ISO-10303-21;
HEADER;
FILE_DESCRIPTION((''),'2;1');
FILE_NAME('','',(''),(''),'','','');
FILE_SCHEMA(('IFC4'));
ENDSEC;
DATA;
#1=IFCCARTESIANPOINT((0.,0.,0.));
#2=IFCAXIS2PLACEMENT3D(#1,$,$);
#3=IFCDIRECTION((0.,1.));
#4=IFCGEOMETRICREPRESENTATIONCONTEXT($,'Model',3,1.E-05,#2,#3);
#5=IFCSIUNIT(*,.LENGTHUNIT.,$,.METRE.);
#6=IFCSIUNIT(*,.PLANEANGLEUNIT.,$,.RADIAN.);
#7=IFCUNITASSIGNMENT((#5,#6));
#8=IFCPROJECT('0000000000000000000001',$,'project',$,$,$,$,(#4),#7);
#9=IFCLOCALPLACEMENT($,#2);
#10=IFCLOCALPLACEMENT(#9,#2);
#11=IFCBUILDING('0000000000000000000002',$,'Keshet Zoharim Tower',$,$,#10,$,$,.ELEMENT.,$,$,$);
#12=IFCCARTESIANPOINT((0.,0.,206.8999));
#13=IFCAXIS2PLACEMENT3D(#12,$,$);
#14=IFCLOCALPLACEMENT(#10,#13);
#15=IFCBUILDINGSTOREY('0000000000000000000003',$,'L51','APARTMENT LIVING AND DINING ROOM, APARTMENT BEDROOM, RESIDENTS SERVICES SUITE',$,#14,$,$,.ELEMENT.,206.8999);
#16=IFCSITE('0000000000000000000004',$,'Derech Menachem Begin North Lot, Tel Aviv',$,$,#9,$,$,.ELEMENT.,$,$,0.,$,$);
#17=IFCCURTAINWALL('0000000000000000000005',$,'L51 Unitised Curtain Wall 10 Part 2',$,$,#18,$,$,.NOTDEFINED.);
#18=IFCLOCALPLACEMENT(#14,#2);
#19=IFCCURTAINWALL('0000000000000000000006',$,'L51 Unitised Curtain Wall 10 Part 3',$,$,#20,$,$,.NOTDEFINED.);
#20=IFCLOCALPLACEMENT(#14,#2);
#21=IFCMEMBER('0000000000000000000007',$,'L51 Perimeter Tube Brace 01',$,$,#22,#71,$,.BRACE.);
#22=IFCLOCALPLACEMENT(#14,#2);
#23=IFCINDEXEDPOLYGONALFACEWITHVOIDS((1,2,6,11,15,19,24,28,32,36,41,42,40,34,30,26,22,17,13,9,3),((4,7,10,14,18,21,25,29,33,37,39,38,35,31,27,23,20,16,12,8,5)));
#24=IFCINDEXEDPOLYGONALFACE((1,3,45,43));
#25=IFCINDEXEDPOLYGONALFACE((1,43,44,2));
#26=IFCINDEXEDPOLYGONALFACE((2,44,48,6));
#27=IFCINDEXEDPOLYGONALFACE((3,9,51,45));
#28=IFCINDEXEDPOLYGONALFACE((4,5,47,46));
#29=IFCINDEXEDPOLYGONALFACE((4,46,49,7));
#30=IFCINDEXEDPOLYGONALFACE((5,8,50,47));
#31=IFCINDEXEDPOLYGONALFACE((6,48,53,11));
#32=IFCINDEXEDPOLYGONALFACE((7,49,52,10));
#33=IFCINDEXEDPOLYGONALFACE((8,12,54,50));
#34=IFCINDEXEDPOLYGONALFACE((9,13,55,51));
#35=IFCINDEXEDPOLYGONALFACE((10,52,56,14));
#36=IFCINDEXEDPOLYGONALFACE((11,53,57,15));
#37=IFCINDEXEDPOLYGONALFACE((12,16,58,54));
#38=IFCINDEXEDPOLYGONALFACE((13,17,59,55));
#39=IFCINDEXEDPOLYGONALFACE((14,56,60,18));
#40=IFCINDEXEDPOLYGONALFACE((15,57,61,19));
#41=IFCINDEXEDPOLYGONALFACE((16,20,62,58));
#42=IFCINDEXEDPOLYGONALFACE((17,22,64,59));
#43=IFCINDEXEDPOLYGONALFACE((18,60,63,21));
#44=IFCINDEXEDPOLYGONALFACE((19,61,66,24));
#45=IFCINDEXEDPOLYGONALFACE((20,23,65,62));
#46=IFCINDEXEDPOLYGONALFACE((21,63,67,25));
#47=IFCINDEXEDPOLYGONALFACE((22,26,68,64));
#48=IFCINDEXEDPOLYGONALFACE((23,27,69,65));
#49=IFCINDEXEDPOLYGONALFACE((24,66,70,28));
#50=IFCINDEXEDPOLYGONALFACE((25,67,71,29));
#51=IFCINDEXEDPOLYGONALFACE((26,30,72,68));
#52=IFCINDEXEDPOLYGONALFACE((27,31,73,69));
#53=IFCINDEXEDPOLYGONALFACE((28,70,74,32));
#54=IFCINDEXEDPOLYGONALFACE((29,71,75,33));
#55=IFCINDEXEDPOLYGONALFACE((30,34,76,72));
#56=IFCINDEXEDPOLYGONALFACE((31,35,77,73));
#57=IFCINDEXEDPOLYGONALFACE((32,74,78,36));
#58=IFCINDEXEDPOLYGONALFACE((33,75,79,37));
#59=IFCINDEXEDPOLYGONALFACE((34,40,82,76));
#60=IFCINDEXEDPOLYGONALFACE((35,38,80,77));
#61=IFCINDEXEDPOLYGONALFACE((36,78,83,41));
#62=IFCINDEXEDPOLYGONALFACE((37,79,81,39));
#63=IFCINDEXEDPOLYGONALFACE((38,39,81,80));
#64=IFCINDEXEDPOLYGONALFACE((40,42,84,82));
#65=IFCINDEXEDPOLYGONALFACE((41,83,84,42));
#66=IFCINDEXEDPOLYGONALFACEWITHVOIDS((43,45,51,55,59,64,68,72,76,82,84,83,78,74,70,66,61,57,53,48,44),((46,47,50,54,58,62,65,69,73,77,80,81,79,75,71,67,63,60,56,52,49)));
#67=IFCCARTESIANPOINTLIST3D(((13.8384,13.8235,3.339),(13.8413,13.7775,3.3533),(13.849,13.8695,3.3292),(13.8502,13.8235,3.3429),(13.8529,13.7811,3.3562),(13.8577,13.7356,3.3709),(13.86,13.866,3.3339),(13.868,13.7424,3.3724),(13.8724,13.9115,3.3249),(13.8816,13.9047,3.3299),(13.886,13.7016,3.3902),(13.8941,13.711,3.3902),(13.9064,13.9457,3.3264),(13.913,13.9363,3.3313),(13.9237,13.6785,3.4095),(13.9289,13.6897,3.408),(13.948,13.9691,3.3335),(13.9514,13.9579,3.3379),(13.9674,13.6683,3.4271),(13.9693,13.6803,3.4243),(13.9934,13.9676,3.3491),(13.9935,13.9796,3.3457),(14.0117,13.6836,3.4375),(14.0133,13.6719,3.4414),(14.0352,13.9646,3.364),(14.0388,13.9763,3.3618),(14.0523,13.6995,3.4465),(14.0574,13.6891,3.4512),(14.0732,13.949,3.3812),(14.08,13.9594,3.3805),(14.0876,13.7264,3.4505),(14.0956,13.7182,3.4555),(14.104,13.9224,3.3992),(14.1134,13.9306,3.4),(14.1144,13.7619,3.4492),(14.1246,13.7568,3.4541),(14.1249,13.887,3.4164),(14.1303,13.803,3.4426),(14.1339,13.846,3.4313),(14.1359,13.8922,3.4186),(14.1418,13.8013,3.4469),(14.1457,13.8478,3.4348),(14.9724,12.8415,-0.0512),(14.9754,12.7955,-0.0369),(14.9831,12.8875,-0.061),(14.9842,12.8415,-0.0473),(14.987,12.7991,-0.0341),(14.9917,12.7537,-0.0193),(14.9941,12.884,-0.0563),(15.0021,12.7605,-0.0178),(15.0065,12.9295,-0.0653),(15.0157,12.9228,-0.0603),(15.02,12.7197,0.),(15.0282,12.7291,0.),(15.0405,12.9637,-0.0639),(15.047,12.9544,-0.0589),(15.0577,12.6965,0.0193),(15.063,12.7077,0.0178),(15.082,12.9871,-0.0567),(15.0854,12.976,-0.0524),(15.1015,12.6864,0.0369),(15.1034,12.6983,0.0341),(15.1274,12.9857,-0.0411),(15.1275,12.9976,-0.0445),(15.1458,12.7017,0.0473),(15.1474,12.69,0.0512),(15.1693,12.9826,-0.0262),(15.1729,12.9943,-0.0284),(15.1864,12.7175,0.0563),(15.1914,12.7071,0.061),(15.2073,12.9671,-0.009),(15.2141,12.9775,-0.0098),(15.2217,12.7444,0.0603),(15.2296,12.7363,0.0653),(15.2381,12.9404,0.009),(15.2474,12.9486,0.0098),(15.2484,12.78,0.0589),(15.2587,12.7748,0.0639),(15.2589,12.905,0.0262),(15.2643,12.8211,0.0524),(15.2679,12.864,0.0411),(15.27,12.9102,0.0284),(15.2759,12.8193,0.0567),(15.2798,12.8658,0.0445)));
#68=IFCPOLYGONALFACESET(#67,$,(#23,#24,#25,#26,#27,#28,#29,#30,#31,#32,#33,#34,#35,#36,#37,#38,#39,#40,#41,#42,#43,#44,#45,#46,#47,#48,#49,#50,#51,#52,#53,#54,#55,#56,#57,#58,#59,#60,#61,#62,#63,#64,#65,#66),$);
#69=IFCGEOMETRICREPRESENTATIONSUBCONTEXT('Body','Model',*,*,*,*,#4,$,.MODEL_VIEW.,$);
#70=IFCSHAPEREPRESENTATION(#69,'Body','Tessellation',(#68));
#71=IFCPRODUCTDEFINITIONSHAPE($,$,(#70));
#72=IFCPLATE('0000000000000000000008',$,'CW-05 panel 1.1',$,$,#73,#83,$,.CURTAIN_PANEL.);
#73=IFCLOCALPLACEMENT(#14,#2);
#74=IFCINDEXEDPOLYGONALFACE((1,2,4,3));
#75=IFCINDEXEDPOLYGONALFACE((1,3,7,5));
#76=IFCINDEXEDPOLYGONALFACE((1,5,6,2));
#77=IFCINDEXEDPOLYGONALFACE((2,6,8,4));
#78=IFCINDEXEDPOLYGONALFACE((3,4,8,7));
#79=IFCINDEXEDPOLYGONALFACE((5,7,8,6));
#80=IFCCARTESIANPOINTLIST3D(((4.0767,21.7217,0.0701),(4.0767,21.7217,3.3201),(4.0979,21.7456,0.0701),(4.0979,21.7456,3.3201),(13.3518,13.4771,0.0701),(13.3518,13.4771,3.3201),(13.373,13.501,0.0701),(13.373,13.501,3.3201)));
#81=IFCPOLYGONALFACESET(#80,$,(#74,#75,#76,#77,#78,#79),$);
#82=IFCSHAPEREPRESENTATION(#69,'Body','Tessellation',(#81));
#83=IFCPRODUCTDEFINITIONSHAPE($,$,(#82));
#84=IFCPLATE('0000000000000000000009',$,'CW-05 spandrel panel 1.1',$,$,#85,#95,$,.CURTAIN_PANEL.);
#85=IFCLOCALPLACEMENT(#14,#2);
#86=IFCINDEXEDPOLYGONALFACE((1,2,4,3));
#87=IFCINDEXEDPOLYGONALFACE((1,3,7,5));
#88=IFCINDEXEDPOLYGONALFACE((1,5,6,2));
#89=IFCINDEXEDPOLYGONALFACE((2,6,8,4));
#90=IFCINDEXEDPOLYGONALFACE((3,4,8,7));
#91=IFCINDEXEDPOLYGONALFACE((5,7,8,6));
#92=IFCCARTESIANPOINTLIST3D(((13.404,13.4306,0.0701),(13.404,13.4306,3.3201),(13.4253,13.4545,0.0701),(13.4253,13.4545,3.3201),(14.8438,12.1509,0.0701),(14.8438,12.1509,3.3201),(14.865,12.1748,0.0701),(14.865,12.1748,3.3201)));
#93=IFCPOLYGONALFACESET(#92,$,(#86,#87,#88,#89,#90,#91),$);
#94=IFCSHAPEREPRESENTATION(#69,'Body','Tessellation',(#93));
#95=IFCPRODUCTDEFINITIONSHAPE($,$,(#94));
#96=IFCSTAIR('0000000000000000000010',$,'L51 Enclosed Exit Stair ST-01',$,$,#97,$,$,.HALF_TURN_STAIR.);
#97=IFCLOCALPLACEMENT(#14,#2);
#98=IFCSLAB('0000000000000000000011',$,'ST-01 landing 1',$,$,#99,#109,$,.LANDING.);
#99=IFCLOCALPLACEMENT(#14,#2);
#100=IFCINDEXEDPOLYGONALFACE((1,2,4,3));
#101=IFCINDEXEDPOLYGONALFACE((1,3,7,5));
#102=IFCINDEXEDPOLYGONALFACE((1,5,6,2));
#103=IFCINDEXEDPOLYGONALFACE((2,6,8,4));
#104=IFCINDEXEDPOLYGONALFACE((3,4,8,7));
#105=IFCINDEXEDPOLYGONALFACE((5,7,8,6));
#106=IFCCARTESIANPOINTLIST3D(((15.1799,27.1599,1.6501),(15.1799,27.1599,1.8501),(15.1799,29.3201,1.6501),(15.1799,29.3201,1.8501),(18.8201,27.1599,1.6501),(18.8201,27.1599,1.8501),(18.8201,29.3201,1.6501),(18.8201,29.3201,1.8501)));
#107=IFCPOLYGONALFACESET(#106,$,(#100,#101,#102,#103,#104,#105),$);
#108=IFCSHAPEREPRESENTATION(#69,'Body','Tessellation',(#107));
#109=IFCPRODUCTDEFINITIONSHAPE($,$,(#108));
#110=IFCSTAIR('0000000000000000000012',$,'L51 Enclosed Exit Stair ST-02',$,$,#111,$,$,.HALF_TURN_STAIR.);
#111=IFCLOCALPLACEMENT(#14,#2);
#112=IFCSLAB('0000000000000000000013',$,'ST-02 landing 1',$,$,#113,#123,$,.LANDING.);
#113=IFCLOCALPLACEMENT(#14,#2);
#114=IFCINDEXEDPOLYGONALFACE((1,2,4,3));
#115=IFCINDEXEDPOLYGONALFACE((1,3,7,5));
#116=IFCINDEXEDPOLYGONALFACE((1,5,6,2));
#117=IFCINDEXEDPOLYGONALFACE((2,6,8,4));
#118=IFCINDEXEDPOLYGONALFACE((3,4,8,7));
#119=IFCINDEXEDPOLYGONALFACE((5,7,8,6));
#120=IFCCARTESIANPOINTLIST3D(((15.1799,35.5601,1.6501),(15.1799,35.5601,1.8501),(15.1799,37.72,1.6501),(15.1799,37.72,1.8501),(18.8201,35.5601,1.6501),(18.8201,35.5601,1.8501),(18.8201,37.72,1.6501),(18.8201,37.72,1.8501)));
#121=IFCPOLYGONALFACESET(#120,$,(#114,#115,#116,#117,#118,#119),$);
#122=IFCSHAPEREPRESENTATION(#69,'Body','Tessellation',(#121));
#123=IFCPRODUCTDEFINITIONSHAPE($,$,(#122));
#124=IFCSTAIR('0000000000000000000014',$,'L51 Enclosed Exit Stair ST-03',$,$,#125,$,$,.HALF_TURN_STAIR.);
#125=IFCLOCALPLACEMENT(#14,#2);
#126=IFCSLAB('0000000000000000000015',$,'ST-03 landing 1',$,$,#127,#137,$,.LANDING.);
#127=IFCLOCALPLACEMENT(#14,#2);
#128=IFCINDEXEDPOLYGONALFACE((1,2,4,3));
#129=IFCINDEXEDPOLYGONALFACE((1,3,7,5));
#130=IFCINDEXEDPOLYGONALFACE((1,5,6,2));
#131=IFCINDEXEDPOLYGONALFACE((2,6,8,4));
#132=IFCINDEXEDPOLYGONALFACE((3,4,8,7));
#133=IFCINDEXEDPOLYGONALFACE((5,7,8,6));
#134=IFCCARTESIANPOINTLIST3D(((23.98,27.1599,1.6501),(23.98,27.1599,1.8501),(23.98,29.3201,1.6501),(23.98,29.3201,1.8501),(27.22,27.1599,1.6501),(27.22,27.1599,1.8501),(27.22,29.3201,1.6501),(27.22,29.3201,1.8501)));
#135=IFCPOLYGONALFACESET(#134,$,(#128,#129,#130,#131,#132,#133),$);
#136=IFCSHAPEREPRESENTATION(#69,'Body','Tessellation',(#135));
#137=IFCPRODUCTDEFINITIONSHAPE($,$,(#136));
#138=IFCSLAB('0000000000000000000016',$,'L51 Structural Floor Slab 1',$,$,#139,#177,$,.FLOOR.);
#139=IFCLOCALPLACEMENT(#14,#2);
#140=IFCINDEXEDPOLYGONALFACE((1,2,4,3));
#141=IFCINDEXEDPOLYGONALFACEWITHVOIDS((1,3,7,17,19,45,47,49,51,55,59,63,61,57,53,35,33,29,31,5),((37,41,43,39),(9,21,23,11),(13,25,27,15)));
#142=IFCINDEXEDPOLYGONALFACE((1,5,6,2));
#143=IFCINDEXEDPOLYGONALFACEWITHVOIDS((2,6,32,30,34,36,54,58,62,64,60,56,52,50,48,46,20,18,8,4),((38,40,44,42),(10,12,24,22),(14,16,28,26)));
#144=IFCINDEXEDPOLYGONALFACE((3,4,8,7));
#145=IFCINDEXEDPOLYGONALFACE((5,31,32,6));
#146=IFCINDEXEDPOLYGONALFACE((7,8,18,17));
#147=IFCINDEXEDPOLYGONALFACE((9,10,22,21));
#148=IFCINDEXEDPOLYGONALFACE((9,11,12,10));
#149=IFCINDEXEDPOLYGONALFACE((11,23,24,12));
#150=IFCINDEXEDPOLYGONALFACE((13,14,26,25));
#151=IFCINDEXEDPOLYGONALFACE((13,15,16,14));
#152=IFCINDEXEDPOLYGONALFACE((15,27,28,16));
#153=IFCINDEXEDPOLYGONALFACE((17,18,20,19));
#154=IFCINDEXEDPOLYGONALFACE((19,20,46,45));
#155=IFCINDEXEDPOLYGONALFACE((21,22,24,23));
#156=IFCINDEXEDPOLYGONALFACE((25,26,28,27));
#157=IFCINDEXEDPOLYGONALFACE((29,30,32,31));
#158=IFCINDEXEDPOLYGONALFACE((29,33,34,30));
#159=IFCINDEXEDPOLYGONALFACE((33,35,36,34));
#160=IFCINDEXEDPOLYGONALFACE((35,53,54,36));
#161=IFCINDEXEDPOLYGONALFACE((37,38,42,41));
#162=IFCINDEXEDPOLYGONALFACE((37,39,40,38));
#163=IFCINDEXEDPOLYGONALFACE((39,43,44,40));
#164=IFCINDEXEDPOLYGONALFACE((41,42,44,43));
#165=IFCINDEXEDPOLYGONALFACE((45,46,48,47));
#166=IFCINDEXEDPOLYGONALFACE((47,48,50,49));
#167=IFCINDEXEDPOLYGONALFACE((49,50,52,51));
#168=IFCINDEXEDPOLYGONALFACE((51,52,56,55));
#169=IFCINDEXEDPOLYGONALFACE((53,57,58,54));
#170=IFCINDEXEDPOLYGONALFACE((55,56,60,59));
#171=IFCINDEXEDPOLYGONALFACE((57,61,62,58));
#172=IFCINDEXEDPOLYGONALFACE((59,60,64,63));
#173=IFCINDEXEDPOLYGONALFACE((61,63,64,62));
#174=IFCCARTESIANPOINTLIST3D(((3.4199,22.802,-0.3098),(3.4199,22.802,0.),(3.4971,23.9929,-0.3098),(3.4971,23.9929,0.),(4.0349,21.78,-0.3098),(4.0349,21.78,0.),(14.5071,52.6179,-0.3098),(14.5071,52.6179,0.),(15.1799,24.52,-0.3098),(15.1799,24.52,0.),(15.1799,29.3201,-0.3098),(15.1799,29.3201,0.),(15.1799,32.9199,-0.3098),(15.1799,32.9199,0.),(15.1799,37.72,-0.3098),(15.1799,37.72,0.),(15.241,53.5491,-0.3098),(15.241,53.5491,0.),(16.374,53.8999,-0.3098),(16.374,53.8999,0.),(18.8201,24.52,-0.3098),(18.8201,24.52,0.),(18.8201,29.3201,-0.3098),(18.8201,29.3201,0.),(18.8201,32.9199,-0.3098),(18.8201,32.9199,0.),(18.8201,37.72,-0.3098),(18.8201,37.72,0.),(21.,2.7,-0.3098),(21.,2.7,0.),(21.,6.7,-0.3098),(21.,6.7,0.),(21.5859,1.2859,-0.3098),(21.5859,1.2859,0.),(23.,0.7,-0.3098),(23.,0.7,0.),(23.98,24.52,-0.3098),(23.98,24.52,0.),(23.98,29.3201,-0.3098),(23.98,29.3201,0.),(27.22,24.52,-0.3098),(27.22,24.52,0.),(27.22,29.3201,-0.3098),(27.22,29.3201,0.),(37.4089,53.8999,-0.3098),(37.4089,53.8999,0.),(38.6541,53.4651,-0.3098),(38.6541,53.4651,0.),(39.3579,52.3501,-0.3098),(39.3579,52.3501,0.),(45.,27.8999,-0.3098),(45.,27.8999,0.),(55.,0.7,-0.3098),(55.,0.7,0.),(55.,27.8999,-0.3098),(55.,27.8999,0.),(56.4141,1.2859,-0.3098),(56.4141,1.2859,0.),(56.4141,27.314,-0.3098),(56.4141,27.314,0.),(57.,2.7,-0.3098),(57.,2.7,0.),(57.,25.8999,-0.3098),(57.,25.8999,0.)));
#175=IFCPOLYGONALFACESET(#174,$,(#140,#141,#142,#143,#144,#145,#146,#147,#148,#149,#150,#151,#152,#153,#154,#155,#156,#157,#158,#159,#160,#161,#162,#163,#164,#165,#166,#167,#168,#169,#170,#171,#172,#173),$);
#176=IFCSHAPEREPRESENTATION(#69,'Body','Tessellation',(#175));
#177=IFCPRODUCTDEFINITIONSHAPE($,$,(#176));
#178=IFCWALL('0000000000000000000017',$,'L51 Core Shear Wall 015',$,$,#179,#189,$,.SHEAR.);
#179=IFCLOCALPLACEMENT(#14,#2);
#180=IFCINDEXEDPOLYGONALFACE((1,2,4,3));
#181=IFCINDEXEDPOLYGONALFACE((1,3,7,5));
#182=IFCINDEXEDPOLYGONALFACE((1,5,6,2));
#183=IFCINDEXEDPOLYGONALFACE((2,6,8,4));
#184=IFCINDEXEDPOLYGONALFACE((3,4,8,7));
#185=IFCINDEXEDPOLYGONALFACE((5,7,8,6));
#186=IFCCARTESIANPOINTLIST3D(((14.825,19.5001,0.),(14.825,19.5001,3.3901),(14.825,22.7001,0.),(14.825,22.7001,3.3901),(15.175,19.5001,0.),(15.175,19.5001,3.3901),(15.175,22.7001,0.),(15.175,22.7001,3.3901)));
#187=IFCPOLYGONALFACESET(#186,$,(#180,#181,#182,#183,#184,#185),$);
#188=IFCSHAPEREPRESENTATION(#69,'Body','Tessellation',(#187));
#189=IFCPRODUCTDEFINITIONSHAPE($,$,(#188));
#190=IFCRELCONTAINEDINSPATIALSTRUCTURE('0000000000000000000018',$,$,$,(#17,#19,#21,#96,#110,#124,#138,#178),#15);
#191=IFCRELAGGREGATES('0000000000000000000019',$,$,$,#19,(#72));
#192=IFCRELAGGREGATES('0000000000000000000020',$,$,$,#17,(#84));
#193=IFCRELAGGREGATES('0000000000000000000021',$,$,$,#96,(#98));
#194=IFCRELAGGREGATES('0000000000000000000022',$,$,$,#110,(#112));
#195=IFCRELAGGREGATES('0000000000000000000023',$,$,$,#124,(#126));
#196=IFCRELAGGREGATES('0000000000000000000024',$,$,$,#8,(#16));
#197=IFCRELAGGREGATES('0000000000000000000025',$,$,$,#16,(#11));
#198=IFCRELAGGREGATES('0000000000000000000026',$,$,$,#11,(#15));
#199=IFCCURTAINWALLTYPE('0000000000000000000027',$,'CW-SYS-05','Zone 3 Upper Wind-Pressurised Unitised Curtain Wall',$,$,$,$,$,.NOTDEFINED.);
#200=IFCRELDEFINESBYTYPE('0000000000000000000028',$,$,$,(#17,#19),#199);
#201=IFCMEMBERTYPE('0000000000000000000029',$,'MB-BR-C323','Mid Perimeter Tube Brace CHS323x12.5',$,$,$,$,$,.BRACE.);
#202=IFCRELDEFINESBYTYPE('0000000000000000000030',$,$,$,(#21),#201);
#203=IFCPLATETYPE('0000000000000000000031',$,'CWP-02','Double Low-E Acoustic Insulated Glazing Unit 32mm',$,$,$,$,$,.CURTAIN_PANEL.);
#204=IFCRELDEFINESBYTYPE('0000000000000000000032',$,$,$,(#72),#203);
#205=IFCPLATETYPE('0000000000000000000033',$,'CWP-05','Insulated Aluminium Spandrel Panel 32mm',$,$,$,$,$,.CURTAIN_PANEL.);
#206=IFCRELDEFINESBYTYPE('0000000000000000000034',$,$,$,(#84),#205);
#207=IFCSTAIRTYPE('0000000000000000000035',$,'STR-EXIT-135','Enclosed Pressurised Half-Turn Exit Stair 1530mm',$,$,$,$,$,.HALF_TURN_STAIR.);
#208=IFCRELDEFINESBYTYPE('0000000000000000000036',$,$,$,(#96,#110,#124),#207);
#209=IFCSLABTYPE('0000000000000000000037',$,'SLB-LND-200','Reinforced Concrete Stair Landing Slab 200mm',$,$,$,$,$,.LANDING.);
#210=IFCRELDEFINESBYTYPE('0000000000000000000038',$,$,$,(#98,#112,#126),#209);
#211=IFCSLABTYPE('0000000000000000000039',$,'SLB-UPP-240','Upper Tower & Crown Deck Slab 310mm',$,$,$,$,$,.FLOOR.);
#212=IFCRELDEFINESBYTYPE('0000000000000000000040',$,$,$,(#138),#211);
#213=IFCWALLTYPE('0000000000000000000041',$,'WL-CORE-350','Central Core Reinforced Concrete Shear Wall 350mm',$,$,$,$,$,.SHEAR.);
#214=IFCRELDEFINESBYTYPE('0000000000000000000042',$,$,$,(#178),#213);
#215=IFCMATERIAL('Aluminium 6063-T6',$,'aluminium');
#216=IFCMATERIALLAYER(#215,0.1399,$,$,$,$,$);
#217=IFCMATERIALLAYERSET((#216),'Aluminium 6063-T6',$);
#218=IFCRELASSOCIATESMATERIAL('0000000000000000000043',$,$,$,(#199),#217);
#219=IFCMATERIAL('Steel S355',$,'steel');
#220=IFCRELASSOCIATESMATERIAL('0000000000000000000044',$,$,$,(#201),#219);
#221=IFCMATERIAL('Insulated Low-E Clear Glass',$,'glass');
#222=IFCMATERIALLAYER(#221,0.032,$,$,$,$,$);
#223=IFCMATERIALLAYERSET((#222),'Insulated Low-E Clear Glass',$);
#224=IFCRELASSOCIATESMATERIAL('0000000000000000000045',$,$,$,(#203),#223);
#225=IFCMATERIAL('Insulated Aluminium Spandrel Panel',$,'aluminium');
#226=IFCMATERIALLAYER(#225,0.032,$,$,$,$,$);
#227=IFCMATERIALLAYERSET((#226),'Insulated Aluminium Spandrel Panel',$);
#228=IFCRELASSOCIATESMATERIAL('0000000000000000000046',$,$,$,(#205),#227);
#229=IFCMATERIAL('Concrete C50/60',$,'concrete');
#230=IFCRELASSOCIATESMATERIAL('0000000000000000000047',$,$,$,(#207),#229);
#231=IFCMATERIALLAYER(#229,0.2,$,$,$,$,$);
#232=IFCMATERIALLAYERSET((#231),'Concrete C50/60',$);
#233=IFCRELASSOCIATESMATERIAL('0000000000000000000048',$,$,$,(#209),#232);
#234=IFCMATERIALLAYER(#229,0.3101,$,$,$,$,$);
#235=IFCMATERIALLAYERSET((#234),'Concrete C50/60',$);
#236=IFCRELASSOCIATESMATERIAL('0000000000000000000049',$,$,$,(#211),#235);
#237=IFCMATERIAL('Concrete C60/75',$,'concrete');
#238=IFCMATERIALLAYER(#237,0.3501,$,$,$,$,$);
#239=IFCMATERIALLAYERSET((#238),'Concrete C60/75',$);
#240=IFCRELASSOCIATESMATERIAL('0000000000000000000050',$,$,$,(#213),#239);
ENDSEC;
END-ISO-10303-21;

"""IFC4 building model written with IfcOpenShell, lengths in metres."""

from ifc_helpers import new_model, si_unit, direction, frame, frame_2d, origin, origin_2d, place, context, subcontext, project, spatial, polyline, rectangle, hollow_circle, outline, extrude, material, layer, layer_set, material_profile, profile_set, type_object, element, aggregate, save


model = new_model("IFC4")

# Units and contexts
model_context = context("Model", 3, precision=1e-05, world=origin(), true_north=direction((0.0, 1.0)))
body_context = subcontext(model_context, "Body", "Model", "MODEL_VIEW")
ifc_project = project(units=[si_unit("LENGTHUNIT", "METRE"), si_unit("PLANEANGLEUNIT", "RADIAN")], contexts=[model_context])

# Site, building, storey
site_placement = place(None, origin())
site = spatial("IfcSite", under=ifc_project, at=site_placement, Name="Derech Menachem Begin North Lot, Tel Aviv", CompositionType="ELEMENT", RefElevation=0.0)
building_placement = place(site_placement, origin())
building = spatial("IfcBuilding", under=site, at=building_placement, Name="Keshet Zoharim Tower", CompositionType="ELEMENT")
storey_placement = place(building_placement, frame((0.0, 0.0, 206.8999)))
storey = spatial("IfcBuildingStorey", under=building, at=storey_placement, Name="L51", Description="APARTMENT LIVING AND DINING ROOM, APARTMENT BEDROOM, RESIDENTS SERVICES SUITE", CompositionType="ELEMENT", Elevation=206.8999)

# Shared definitions
ifc_material_1 = material(Name="Steel S355", Category="steel")
ifc_material_2 = material(Name="Concrete C50/60", Category="concrete")

# Shared definitions
ifc_material_3 = material(Name="Aluminium 6063-T6", Category="aluminium")
ifc_layer_1 = layer(ifc_material_3, 0.1399)
ifc_layer_set_1 = layer_set([ifc_layer_1], Name="Aluminium 6063-T6")
curtain_wall_type = type_object("IfcCurtainWallType", Name="CW-SYS-05", Description="Zone 3 Upper Wind-Pressurised Unitised Curtain Wall", PredefinedType="NOTDEFINED", material=ifc_layer_set_1)

# Curtain walls
curtain_wall_1_placement = place(storey_placement, origin())
curtain_wall_1 = element("IfcCurtainWall", 1, at=curtain_wall_1_placement, inside=storey, type_object=curtain_wall_type, Name="L51 Unitised Curtain Wall 10 Part 2", PredefinedType="NOTDEFINED")
curtain_wall_2_placement = place(storey_placement, origin())
curtain_wall_2 = element("IfcCurtainWall", 2, at=curtain_wall_2_placement, inside=storey, type_object=curtain_wall_type, Name="L51 Unitised Curtain Wall 10 Part 3", PredefinedType="NOTDEFINED")

# Member
ifc_material_profile_1 = material_profile(ifc_material_1, hollow_circle(Radius=0.1619, WallThickness=0.0125, at=origin_2d()), Name="CHS323x12.5")
ifc_profile_set_1 = profile_set([ifc_material_profile_1], Name="Steel S355")
member_type_1 = type_object("IfcMemberType", Name="MB-BR-C323", Description="Mid Perimeter Tube Brace CHS323x12.5", PredefinedType="BRACE", material=ifc_profile_set_1)
member_1_placement = place(storey_placement, frame((15.126, 12.842, 0.0), z_axis=(-0.305901, 0.264873, 0.914476), x_axis=(-0.65459, -0.755984, 0.0)))
element("IfcMember", 3, at=member_1_placement, inside=storey, type_object=member_type_1, Name="L51 Perimeter Tube Brace 01", PredefinedType="BRACE", context=body_context, shape_type="SweptSolid", body=[
    extrude(hollow_circle(Radius=0.1619, WallThickness=0.0125, at=origin_2d()), origin(), (0.0, 0.0, 1.0), 3.7073),
])

# Plates
ifc_material_4 = material(Name="Insulated Low-E Clear Glass", Category="glass")
ifc_layer_2 = layer(ifc_material_4, 0.032)
ifc_layer_set_2 = layer_set([ifc_layer_2], Name="Insulated Low-E Clear Glass")
plate_type_1 = type_object("IfcPlateType", Name="CWP-02", Description="Double Low-E Acoustic Insulated Glazing Unit 32mm", PredefinedType="CURTAIN_PANEL", material=ifc_layer_set_2)
plate_1_placement = place(storey_placement, frame((8.7249, 17.6113, 0.0701), z_axis=(0.0, 0.0, 1.0), x_axis=(-0.747407, 0.664367, 0.0)))
plate_1 = element("IfcPlate", 4, at=plate_1_placement, type_object=plate_type_1, Name="CW-05 panel 1.1", PredefinedType="CURTAIN_PANEL", context=body_context, shape_type="SweptSolid", body=[
    extrude(rectangle(XDim=12.4097, YDim=0.032, at=origin_2d()), origin(), (0.0, 0.0, 1.0), 3.25),
])
aggregate(curtain_wall_2, [plate_1])
ifc_material_5 = material(Name="Insulated Aluminium Spandrel Panel", Category="aluminium")
ifc_layer_3 = layer(ifc_material_5, 0.032)
ifc_layer_set_3 = layer_set([ifc_layer_3], Name="Insulated Aluminium Spandrel Panel")
plate_type_2 = type_object("IfcPlateType", Name="CWP-05", Description="Insulated Aluminium Spandrel Panel 32mm", PredefinedType="CURTAIN_PANEL", material=ifc_layer_set_3)
plate_2_placement = place(storey_placement, frame((14.1345, 12.8027, 0.0701), z_axis=(0.0, 0.0, 1.0), x_axis=(-0.74744, 0.66433, 0.0)))
plate_2 = element("IfcPlate", 5, at=plate_2_placement, type_object=plate_type_2, Name="CW-05 spandrel panel 1.1", PredefinedType="CURTAIN_PANEL", context=body_context, shape_type="SweptSolid", body=[
    extrude(rectangle(XDim=1.9263, YDim=0.032, at=origin_2d()), origin(), (0.0, 0.0, 1.0), 3.25),
])
aggregate(curtain_wall_1, [plate_2])

# Stairs, slabs
stair_type = type_object("IfcStairType", Name="STR-EXIT-135", Description="Enclosed Pressurised Half-Turn Exit Stair 1530mm", PredefinedType="HALF_TURN_STAIR", material=ifc_material_2)
stair_1_placement = place(storey_placement, origin())
stair_1 = element("IfcStair", 6, at=stair_1_placement, inside=storey, type_object=stair_type, Name="L51 Enclosed Exit Stair ST-01", PredefinedType="HALF_TURN_STAIR")
ifc_layer_4 = layer(ifc_material_2, 0.2)
ifc_layer_set_4 = layer_set([ifc_layer_4], Name="Concrete C50/60")
slab_type_1 = type_object("IfcSlabType", Name="SLB-LND-200", Description="Reinforced Concrete Stair Landing Slab 200mm", PredefinedType="LANDING", material=ifc_layer_set_4)
slab_1_placement = place(storey_placement, frame((0.0, 0.0, 1.6501)))
slab_1 = element("IfcSlab", 7, at=slab_1_placement, type_object=slab_type_1, Name="ST-01 landing 1", PredefinedType="LANDING", context=body_context, shape_type="SweptSolid", body=[
    extrude(outline(polyline([(15.1799, 27.1599), (18.8201, 27.1599), (18.8201, 29.3201), (15.1799, 29.3201), (15.1799, 27.1599)])), origin(), (0.0, 0.0, 1.0), 0.2),
])
aggregate(stair_1, [slab_1])
stair_2_placement = place(storey_placement, origin())
stair_2 = element("IfcStair", 8, at=stair_2_placement, inside=storey, type_object=stair_type, Name="L51 Enclosed Exit Stair ST-02", PredefinedType="HALF_TURN_STAIR")
slab_2_placement = place(storey_placement, frame((0.0, 0.0, 1.6501)))
slab_2 = element("IfcSlab", 9, at=slab_2_placement, type_object=slab_type_1, Name="ST-02 landing 1", PredefinedType="LANDING", context=body_context, shape_type="SweptSolid", body=[
    extrude(outline(polyline([(15.1799, 35.5601), (18.8201, 35.5601), (18.8201, 37.72), (15.1799, 37.72), (15.1799, 35.5601)])), origin(), (0.0, 0.0, 1.0), 0.2),
])
aggregate(stair_2, [slab_2])
stair_3_placement = place(storey_placement, origin())
stair_3 = element("IfcStair", 10, at=stair_3_placement, inside=storey, type_object=stair_type, Name="L51 Enclosed Exit Stair ST-03", PredefinedType="HALF_TURN_STAIR")
slab_3_placement = place(storey_placement, frame((0.0, 0.0, 1.6501)))
slab_3 = element("IfcSlab", 11, at=slab_3_placement, type_object=slab_type_1, Name="ST-03 landing 1", PredefinedType="LANDING", context=body_context, shape_type="SweptSolid", body=[
    extrude(outline(polyline([(23.98, 27.1599), (27.22, 27.1599), (27.22, 29.3201), (23.98, 29.3201), (23.98, 27.1599)])), origin(), (0.0, 0.0, 1.0), 0.2),
])
aggregate(stair_3, [slab_3])

# Slab
ifc_layer_5 = layer(ifc_material_2, 0.3101)
ifc_layer_set_5 = layer_set([ifc_layer_5], Name="Concrete C50/60")
slab_type_2 = type_object("IfcSlabType", Name="SLB-UPP-240", Description="Upper Tower & Crown Deck Slab 310mm", PredefinedType="FLOOR", material=ifc_layer_set_5)
slab_4_placement = place(storey_placement, frame((0.0, 0.0, -0.3098)))
element("IfcSlab", 12, at=slab_4_placement, inside=storey, type_object=slab_type_2, Name="L51 Structural Floor Slab 1", PredefinedType="FLOOR", context=body_context, shape_type="SweptSolid", body=[
    extrude(outline(polyline([(55.0, 27.8999), (56.4141, 27.314), (57.0, 25.8999), (57.0, 2.7), (56.4141, 1.2859), (55.0, 0.7), (23.0, 0.7), (21.5859, 1.2859), (21.0, 2.7), (21.0, 6.7), (4.0349, 21.78), (3.4199, 22.802), (3.4971, 23.9929), (14.5071, 52.6179), (15.241, 53.5491), (16.374, 53.8999), (37.4089, 53.8999), (38.6541, 53.4651), (39.3579, 52.3501), (45.0, 27.8999), (55.0, 27.8999)]), holes=[polyline([(15.1799, 24.52), (18.8201, 24.52), (18.8201, 29.3201), (15.1799, 29.3201), (15.1799, 24.52)]), polyline([(15.1799, 32.9199), (18.8201, 32.9199), (18.8201, 37.72), (15.1799, 37.72), (15.1799, 32.9199)]), polyline([(23.98, 24.52), (27.22, 24.52), (27.22, 29.3201), (23.98, 29.3201), (23.98, 24.52)])]), origin(), (0.0, 0.0, 1.0), 0.3098),
])

# Wall
ifc_material_6 = material(Name="Concrete C60/75", Category="concrete")
ifc_layer_6 = layer(ifc_material_6, 0.3501)
ifc_layer_set_6 = layer_set([ifc_layer_6], Name="Concrete C60/75")
wall_type_1 = type_object("IfcWallType", Name="WL-CORE-350", Description="Central Core Reinforced Concrete Shear Wall 350mm", PredefinedType="SHEAR", material=ifc_layer_set_6)
wall_1_placement = place(storey_placement, frame((15.0, 19.5, 0.0), z_axis=(0.0, 0.0, 1.0), x_axis=(0.0, 1.0, 0.0)))
element("IfcWall", 13, at=wall_1_placement, inside=storey, type_object=wall_type_1, Name="L51 Core Shear Wall 015", PredefinedType="SHEAR", context=body_context, shape_type="SweptSolid", body=[
    extrude(rectangle(XDim=3.2, YDim=0.3501, at=frame_2d((1.6001, 0.0))), origin(), (0.0, 0.0, 1.0), 3.3901),
])

save(model, "model.ifc")
